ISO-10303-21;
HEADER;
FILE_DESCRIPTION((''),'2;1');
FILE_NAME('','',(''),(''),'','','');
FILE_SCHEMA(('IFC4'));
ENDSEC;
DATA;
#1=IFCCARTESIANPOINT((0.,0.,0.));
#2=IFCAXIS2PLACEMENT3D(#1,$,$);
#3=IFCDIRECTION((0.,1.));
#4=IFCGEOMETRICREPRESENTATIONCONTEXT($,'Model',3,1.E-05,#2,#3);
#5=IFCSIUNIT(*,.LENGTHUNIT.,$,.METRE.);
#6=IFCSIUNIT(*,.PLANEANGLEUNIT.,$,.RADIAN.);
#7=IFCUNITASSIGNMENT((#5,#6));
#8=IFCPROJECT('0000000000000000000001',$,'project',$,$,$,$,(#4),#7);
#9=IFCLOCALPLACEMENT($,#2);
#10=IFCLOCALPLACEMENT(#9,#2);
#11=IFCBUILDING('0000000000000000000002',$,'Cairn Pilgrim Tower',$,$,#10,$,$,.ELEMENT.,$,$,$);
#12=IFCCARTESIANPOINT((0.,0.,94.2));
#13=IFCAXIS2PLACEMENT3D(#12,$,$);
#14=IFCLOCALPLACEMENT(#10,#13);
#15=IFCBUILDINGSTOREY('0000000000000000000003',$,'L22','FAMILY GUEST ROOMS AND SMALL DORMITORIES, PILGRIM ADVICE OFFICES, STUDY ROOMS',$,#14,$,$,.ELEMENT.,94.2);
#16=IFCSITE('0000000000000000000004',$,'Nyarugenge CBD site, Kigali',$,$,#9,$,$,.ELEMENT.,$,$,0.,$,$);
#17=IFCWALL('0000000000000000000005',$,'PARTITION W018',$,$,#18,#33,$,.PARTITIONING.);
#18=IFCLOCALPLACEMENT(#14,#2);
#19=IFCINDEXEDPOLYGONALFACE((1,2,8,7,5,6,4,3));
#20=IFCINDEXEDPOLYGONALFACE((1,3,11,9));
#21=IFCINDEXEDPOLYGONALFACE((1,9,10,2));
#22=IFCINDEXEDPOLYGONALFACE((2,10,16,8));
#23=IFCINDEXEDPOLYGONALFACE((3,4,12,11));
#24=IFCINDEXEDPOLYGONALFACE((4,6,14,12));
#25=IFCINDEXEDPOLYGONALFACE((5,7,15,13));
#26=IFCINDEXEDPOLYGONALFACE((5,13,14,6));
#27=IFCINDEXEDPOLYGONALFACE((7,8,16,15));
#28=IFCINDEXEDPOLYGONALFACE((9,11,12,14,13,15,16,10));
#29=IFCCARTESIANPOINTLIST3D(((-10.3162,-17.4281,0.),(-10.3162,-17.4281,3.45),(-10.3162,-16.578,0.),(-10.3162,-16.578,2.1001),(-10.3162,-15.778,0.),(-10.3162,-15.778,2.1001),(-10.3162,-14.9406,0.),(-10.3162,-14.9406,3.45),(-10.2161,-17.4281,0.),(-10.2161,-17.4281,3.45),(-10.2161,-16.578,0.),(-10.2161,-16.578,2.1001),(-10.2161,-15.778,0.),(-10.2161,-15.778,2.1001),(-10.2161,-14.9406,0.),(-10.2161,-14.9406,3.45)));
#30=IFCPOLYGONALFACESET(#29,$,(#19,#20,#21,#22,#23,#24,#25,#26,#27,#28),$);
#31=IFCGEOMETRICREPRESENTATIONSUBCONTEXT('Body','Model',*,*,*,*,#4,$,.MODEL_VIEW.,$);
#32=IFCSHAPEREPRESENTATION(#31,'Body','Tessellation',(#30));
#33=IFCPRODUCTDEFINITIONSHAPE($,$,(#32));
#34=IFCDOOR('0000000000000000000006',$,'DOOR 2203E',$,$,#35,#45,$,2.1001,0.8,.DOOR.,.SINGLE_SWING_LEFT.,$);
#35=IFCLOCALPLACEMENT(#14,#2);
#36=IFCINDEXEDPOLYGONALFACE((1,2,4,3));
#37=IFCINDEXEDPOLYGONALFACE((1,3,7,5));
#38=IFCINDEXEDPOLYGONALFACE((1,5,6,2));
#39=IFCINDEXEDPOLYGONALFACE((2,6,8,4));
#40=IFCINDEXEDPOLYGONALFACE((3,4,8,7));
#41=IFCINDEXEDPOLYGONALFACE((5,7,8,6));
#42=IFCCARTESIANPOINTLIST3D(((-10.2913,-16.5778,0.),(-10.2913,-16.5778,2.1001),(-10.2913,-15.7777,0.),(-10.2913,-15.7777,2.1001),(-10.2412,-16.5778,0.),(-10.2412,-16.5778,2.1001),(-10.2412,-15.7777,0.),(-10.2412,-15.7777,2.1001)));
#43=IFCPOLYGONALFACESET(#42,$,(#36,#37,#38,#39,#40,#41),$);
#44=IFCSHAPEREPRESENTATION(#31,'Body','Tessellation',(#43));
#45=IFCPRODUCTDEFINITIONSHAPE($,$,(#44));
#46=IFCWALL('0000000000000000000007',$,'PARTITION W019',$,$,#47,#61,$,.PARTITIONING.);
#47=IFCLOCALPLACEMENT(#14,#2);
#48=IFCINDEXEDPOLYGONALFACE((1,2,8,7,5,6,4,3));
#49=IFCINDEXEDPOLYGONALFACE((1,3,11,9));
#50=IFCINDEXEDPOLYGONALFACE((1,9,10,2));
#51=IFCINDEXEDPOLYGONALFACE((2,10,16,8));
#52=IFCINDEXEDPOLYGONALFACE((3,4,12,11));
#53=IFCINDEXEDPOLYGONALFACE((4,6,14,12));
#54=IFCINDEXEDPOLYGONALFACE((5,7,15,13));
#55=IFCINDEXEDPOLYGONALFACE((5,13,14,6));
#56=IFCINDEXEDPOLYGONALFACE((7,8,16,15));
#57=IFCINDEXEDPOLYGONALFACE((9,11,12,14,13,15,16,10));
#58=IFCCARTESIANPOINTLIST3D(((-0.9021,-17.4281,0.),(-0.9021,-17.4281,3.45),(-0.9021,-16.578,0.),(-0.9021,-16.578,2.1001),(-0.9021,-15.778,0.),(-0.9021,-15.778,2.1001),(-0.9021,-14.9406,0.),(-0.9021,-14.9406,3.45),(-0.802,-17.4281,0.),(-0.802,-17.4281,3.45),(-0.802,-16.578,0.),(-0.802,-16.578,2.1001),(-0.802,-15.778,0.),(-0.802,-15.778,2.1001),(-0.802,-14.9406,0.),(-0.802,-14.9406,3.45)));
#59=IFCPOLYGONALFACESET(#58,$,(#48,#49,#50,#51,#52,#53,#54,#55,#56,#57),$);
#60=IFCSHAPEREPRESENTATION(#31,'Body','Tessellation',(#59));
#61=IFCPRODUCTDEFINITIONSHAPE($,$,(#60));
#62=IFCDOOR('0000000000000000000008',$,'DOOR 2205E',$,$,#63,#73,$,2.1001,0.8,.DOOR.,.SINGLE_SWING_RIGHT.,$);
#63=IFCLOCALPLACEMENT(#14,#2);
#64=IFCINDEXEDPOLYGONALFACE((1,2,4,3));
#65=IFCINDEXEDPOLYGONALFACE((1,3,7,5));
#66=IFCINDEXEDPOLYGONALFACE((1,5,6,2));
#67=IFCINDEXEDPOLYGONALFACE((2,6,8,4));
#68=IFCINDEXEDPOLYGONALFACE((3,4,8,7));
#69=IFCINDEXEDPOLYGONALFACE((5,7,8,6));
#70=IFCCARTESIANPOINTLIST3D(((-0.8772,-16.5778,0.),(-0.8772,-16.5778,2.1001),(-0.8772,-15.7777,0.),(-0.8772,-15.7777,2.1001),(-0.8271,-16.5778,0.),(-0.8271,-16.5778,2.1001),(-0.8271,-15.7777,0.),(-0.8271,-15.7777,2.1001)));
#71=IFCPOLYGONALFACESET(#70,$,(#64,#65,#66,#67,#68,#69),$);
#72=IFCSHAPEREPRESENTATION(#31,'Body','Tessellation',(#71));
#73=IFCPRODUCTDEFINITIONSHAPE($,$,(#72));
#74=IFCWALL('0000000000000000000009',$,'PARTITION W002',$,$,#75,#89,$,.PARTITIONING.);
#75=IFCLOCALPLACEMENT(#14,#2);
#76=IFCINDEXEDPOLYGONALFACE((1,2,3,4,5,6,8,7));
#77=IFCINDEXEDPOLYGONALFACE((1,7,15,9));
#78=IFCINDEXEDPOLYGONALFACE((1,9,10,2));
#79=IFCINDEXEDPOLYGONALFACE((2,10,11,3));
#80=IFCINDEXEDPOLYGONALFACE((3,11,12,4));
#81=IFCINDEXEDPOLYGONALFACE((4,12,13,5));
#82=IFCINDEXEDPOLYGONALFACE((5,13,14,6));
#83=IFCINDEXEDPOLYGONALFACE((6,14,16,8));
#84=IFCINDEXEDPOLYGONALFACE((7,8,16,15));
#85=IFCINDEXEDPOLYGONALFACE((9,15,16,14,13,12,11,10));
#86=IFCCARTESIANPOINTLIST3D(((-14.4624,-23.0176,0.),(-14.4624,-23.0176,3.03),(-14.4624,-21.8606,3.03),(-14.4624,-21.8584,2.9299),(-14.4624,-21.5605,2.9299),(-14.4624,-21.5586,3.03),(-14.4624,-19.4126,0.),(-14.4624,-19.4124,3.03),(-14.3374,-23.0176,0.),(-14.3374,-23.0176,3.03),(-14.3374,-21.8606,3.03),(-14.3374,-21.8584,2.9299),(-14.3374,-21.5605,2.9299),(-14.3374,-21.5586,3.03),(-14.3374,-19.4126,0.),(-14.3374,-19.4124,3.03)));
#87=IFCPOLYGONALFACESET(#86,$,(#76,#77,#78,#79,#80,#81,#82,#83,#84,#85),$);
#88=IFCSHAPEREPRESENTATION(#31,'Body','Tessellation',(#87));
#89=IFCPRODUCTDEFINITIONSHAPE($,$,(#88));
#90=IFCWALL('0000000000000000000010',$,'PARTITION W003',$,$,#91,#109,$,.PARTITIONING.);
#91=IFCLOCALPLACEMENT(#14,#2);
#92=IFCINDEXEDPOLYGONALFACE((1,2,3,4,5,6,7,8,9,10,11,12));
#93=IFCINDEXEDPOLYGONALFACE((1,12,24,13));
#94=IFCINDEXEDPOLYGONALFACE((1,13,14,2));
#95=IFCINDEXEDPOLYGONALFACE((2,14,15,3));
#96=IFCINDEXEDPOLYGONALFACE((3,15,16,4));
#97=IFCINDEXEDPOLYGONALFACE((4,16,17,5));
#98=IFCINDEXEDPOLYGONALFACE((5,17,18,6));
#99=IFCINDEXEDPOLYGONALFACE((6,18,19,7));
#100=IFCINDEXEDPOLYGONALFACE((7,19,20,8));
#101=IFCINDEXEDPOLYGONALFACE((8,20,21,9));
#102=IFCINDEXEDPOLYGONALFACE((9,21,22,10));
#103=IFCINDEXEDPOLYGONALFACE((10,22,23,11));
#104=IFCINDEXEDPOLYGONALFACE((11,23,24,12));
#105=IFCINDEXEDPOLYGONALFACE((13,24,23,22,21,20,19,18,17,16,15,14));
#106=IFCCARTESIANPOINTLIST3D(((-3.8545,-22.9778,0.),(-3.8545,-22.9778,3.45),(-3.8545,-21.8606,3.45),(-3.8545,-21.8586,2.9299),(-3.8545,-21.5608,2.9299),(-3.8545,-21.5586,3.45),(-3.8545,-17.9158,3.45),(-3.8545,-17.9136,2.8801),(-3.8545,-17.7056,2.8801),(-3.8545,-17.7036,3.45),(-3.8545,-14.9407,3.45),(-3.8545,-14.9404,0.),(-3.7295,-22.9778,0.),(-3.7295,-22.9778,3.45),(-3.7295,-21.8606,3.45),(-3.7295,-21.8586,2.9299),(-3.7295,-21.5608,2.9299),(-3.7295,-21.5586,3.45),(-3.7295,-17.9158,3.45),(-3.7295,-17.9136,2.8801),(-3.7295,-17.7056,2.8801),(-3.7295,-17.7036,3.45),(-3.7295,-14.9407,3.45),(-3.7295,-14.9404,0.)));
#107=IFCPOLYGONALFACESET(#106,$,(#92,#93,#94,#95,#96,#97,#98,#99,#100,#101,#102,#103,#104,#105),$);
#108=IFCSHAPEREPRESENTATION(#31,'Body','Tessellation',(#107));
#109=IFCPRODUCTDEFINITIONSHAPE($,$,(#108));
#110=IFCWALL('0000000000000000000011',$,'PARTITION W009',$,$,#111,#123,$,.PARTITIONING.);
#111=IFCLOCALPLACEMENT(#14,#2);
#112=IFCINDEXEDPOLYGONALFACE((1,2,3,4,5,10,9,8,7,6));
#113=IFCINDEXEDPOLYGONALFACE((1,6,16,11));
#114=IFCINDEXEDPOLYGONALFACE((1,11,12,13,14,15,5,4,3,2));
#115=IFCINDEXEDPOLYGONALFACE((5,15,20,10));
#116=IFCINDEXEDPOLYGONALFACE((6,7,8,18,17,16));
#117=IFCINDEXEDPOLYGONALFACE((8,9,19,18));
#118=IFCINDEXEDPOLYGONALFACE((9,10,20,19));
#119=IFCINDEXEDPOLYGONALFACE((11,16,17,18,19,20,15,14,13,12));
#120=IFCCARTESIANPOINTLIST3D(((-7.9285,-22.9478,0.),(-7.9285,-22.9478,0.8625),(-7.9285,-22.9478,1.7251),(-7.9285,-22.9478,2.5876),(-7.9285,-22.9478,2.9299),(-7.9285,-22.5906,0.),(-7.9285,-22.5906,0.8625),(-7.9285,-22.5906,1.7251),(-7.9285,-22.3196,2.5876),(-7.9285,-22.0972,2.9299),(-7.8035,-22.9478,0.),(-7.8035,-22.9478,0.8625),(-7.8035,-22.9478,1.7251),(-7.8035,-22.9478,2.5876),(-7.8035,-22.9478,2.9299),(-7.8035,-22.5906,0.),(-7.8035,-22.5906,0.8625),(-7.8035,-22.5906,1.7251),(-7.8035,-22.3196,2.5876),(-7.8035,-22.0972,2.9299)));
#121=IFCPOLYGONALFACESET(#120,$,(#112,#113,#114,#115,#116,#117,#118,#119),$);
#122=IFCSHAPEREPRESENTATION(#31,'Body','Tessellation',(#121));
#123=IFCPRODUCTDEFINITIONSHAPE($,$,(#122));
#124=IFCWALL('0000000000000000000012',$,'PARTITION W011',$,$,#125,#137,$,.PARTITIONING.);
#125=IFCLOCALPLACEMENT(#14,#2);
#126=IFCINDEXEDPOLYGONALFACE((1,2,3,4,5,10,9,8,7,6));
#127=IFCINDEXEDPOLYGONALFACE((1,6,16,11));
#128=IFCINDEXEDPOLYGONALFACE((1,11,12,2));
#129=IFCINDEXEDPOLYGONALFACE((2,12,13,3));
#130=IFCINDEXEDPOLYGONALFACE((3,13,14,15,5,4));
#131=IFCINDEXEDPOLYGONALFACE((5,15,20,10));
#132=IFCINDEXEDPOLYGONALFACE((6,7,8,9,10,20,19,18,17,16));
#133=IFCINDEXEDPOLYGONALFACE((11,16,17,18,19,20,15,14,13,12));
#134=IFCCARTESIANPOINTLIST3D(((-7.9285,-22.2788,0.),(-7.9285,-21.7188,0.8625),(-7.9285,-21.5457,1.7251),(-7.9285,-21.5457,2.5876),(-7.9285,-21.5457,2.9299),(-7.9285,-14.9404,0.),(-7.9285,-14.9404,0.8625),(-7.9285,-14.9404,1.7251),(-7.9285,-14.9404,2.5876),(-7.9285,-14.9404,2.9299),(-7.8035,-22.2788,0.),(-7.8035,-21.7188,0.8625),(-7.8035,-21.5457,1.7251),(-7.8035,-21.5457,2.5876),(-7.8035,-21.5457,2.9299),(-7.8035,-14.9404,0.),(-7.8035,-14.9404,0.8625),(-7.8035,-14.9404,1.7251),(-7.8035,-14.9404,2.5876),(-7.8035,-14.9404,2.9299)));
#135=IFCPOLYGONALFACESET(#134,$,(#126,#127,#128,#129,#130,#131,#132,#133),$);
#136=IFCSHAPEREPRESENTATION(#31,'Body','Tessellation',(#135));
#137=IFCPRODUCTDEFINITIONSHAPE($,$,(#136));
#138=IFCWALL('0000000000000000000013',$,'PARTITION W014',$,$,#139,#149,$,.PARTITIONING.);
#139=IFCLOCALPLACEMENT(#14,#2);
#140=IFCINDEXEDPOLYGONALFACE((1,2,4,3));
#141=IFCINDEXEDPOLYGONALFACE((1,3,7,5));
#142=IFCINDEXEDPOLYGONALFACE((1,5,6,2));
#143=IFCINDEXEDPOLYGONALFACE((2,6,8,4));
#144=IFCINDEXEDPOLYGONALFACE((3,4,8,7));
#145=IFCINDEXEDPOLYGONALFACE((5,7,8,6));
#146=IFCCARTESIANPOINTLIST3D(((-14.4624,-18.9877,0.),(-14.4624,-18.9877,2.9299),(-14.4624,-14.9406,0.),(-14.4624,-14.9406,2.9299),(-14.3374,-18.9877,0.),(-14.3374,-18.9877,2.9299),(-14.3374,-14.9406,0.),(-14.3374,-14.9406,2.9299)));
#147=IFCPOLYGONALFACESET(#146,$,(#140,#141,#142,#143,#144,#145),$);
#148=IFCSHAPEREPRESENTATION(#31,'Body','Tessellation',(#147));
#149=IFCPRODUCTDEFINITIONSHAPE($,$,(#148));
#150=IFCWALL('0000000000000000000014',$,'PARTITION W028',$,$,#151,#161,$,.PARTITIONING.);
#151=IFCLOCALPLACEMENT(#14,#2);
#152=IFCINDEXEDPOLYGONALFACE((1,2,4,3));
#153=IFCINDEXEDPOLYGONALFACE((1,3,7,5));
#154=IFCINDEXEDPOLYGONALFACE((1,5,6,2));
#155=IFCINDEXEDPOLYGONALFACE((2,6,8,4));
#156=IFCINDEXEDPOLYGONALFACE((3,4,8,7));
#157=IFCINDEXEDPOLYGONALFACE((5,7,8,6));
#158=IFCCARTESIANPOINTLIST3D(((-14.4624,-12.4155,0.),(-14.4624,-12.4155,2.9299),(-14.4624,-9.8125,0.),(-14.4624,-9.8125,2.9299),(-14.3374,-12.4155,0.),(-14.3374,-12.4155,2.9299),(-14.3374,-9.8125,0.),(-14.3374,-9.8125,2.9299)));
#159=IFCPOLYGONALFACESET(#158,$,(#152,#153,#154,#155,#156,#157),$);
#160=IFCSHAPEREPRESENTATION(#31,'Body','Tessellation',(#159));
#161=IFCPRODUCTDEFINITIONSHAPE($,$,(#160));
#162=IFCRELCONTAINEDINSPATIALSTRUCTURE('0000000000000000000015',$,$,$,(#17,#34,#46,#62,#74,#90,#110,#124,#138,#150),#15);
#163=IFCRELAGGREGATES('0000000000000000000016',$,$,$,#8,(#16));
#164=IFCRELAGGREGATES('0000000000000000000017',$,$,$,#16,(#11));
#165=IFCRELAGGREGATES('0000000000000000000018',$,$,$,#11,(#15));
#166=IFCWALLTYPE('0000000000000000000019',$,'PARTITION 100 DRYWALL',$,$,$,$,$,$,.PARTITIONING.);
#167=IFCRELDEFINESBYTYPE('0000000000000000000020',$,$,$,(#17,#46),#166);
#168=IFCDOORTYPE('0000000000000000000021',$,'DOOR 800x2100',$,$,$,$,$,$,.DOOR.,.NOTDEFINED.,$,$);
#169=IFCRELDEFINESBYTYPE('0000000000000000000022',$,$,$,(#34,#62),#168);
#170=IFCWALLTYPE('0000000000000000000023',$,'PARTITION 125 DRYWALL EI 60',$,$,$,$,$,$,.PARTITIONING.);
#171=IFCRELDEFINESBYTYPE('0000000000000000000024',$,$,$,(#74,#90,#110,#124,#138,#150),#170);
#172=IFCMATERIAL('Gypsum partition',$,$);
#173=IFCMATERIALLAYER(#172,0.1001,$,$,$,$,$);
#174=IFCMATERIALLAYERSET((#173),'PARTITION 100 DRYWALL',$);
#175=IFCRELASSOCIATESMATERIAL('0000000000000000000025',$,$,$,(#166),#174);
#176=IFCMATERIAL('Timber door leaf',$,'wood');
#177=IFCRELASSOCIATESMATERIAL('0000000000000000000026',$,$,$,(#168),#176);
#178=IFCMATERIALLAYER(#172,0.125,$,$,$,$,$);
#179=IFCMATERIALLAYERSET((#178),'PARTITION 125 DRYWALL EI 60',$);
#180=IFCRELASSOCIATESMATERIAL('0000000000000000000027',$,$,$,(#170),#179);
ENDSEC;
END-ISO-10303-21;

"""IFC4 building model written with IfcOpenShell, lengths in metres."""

from ifc_helpers import new_model, si_unit, direction, frame, frame_2d, origin, place, context, subcontext, project, spatial, polyline, rectangle, outline, extrude, material, layer, layer_set, type_object, element, fill, save


model = new_model("IFC4")

# Units and contexts
model_context = context("Model", 3, precision=1e-05, world=origin(), true_north=direction((0.0, 1.0)))
body_context = subcontext(model_context, "Body", "Model", "MODEL_VIEW")
ifc_project = project(units=[si_unit("LENGTHUNIT", "METRE"), si_unit("PLANEANGLEUNIT", "RADIAN")], contexts=[model_context])

# Site, building, storey
site_placement = place(None, origin())
site = spatial("IfcSite", under=ifc_project, at=site_placement, Name="Nyarugenge CBD site, Kigali", CompositionType="ELEMENT", RefElevation=0.0)
building_placement = place(site_placement, origin())
building = spatial("IfcBuilding", under=site, at=building_placement, Name="Cairn Pilgrim Tower", CompositionType="ELEMENT")
storey_placement = place(building_placement, frame((0.0, 0.0, 94.2)))
storey = spatial("IfcBuildingStorey", under=building, at=storey_placement, Name="L22", Description="FAMILY GUEST ROOMS AND SMALL DORMITORIES, PILGRIM ADVICE OFFICES, STUDY ROOMS", CompositionType="ELEMENT", Elevation=94.2)

# Shared definitions
ifc_material_1 = material(Name="Gypsum partition")
ifc_layer_1 = layer(ifc_material_1, 0.1001)
ifc_layer_set_1 = layer_set([ifc_layer_1], Name="PARTITION 100 DRYWALL")
wall_type_1 = type_object("IfcWallType", Name="PARTITION 100 DRYWALL", PredefinedType="PARTITIONING", material=ifc_layer_set_1)

# Walls, openings, doors
wall_1_placement = place(storey_placement, frame((-10.2661, -17.428, 0.0), z_axis=(0.0, 0.0, 1.0), x_axis=(0.0, 1.0, 0.0)))
wall_1 = element("IfcWall", 1, at=wall_1_placement, inside=storey, type_object=wall_type_1, Name="PARTITION W018", PredefinedType="PARTITIONING", context=body_context, shape_type="SweptSolid", body=[
    extrude(rectangle(XDim=2.4875, YDim=0.1001, at=frame_2d((1.2437, 0.0))), origin(), (0.0, 0.0, 1.0), 3.45),
])
opening_1_placement = place(wall_1_placement, frame((0.8501, 0.0, 0.0)))
opening_1 = element("IfcOpeningElement", 2, at=opening_1_placement, cuts=wall_1, PredefinedType="OPENING", context=body_context, shape_type="SweptSolid", body=[
    extrude(rectangle(XDim=0.8, YDim=2.1001, at=frame_2d((0.3999, 1.05))), frame((0.0, 0.0601, 0.0), z_axis=(0.0, -1.0, 0.0), x_axis=(1.0, 0.0, 0.0)), (0.0, 0.0, 1.0), 0.1201),
])
ifc_material_2 = material(Name="Timber door leaf", Category="wood")
door_type_1 = type_object("IfcDoorType", Name="DOOR 800x2100", OperationType="NOTDEFINED", PredefinedType="DOOR", material=ifc_material_2)
door_1_placement = place(opening_1_placement, frame((0.8, 0.0, 0.0), z_axis=(0.0, 0.0, 1.0), x_axis=(-1.0, 0.0, 0.0)))
door_1 = element("IfcDoor", 3, at=door_1_placement, inside=storey, type_object=door_type_1, Name="DOOR 2203E", OperationType="SINGLE_SWING_LEFT", OverallHeight=2.1001, OverallWidth=0.8, PredefinedType="DOOR", context=body_context, shape_type="SweptSolid", body=[
    extrude(rectangle(XDim=0.8, YDim=2.1001, at=frame_2d((0.3999, 1.05))), frame((0.0, 0.0249, 0.0), z_axis=(0.0, -1.0, 0.0), x_axis=(1.0, 0.0, 0.0)), (0.0, 0.0, 1.0), 0.05),
])
fill(opening_1, door_1)
wall_2_placement = place(storey_placement, frame((-0.8521, -17.428, 0.0), z_axis=(0.0, 0.0, 1.0), x_axis=(0.0, 1.0, 0.0)))
wall_2 = element("IfcWall", 4, at=wall_2_placement, inside=storey, type_object=wall_type_1, Name="PARTITION W019", PredefinedType="PARTITIONING", context=body_context, shape_type="SweptSolid", body=[
    extrude(rectangle(XDim=2.4875, YDim=0.1001, at=frame_2d((1.2437, 0.0))), origin(), (0.0, 0.0, 1.0), 3.45),
])
opening_2_placement = place(wall_2_placement, frame((0.8501, 0.0, 0.0)))
opening_2 = element("IfcOpeningElement", 5, at=opening_2_placement, cuts=wall_2, PredefinedType="OPENING", context=body_context, shape_type="SweptSolid", body=[
    extrude(rectangle(XDim=0.8, YDim=2.1001, at=frame_2d((0.3999, 1.05))), frame((0.0, 0.0601, 0.0), z_axis=(0.0, -1.0, 0.0), x_axis=(1.0, 0.0, 0.0)), (0.0, 0.0, 1.0), 0.1201),
])
door_2_placement = place(opening_2_placement, frame((0.8, 0.0, 0.0), z_axis=(0.0, 0.0, 1.0), x_axis=(-1.0, 0.0, 0.0)))
door_2 = element("IfcDoor", 6, at=door_2_placement, inside=storey, type_object=door_type_1, Name="DOOR 2205E", OperationType="SINGLE_SWING_RIGHT", OverallHeight=2.1001, OverallWidth=0.8, PredefinedType="DOOR", context=body_context, shape_type="SweptSolid", body=[
    extrude(rectangle(XDim=0.8, YDim=2.1001, at=frame_2d((0.3999, 1.05))), frame((0.0, 0.0249, 0.0), z_axis=(0.0, -1.0, 0.0), x_axis=(1.0, 0.0, 0.0)), (0.0, 0.0, 1.0), 0.05),
])
fill(opening_2, door_2)

# Walls
ifc_layer_2 = layer(ifc_material_1, 0.125)
ifc_layer_set_2 = layer_set([ifc_layer_2], Name="PARTITION 125 DRYWALL EI 60")
wall_type_2 = type_object("IfcWallType", Name="PARTITION 125 DRYWALL EI 60", PredefinedType="PARTITIONING", material=ifc_layer_set_2)
wall_3_placement = place(storey_placement, frame((-14.3999, -23.0176, 0.0), z_axis=(0.0, 0.0, 1.0), x_axis=(0.0, 1.0, 0.0)))
element("IfcWall", 7, at=wall_3_placement, inside=storey, type_object=wall_type_2, Name="PARTITION W002", PredefinedType="PARTITIONING", context=body_context, shape_type="SweptSolid", body=[
    extrude(outline(polyline([(0.0, 0.0), (3.605, 0.0), (3.6052, 3.03), (1.459, 3.03), (1.457, 2.9299), (1.1592, 2.9299), (1.157, 3.03), (0.0, 3.03), (0.0, 0.0)])), frame((0.0, 0.0625, 0.0), z_axis=(0.0, -1.0, 0.0), x_axis=(1.0, 0.0, 0.0)), (0.0, 0.0, 1.0), 0.125),
])
wall_4_placement = place(storey_placement, frame((-3.792, -22.9778, 0.0), z_axis=(0.0, 0.0, 1.0), x_axis=(0.0, 1.0, 0.0)))
element("IfcWall", 8, at=wall_4_placement, inside=storey, type_object=wall_type_2, Name="PARTITION W003", PredefinedType="PARTITIONING", context=body_context, shape_type="SweptSolid", body=[
    extrude(outline(polyline([(0.0, 0.0), (8.0374, 0.0), (8.0371, 3.45), (5.2742, 3.45), (5.2722, 2.8801), (5.0642, 2.8801), (5.062, 3.45), (1.4192, 3.45), (1.417, 2.9299), (1.1191, 2.9299), (1.1172, 3.45), (0.0, 3.45), (0.0, 0.0)])), frame((0.0, 0.0625, 0.0), z_axis=(0.0, -1.0, 0.0), x_axis=(1.0, 0.0, 0.0)), (0.0, 0.0, 1.0), 0.125),
])
wall_5_placement = place(storey_placement, frame((-7.866, -22.9478, 0.0), z_axis=(0.0, 0.0, 1.0), x_axis=(0.0, 1.0, 0.0)))
element("IfcWall", 9, at=wall_5_placement, inside=storey, type_object=wall_type_2, Name="PARTITION W009", PredefinedType="PARTITIONING", context=body_context, shape_type="SweptSolid", body=[
    extrude(outline(polyline([(0.0, 0.0), (0.3572, 0.0), (0.3572, 0.8625), (0.3572, 1.7251), (0.6282, 2.5876), (0.8506, 2.9299), (0.0, 2.9299), (0.0, 2.5876), (0.0, 1.7251), (0.0, 0.8625), (0.0, 0.0)])), frame((0.0, 0.0625, 0.0), z_axis=(0.0, -1.0, 0.0), x_axis=(1.0, 0.0, 0.0)), (0.0, 0.0, 1.0), 0.125),
])
wall_6_placement = place(storey_placement, frame((-7.866, -22.2788, 0.0), z_axis=(0.0, 0.0, 1.0), x_axis=(0.0, 1.0, 0.0)))
element("IfcWall", 10, at=wall_6_placement, inside=storey, type_object=wall_type_2, Name="PARTITION W011", PredefinedType="PARTITIONING", context=body_context, shape_type="SweptSolid", body=[
    extrude(outline(polyline([(0.0, 0.0), (7.3384, 0.0), (7.3384, 0.8625), (7.3384, 1.7251), (7.3384, 2.5876), (7.3384, 2.9299), (0.7332, 2.9299), (0.7332, 2.5876), (0.7332, 1.7251), (0.5601, 0.8625), (0.0, 0.0)])), frame((0.0, 0.0625, 0.0), z_axis=(0.0, -1.0, 0.0), x_axis=(1.0, 0.0, 0.0)), (0.0, 0.0, 1.0), 0.125),
])
wall_7_placement = place(storey_placement, frame((-14.3999, -18.9875, 0.0), z_axis=(0.0, 0.0, 1.0), x_axis=(0.0, 1.0, 0.0)))
element("IfcWall", 11, at=wall_7_placement, inside=storey, type_object=wall_type_2, Name="PARTITION W014", PredefinedType="PARTITIONING", context=body_context, shape_type="SweptSolid", body=[
    extrude(rectangle(XDim=4.0471, YDim=0.125, at=frame_2d((2.0234, 0.0))), origin(), (0.0, 0.0, 1.0), 2.9299),
])
wall_8_placement = place(storey_placement, frame((-14.3999, -12.4155, 0.0), z_axis=(0.0, 0.0, 1.0), x_axis=(0.0, 1.0, 0.0)))
element("IfcWall", 12, at=wall_8_placement, inside=storey, type_object=wall_type_2, Name="PARTITION W028", PredefinedType="PARTITIONING", context=body_context, shape_type="SweptSolid", body=[
    extrude(rectangle(XDim=2.603, YDim=0.125, at=frame_2d((1.3015, 0.0))), origin(), (0.0, 0.0, 1.0), 2.9299),
])

save(model, "model.ifc")
